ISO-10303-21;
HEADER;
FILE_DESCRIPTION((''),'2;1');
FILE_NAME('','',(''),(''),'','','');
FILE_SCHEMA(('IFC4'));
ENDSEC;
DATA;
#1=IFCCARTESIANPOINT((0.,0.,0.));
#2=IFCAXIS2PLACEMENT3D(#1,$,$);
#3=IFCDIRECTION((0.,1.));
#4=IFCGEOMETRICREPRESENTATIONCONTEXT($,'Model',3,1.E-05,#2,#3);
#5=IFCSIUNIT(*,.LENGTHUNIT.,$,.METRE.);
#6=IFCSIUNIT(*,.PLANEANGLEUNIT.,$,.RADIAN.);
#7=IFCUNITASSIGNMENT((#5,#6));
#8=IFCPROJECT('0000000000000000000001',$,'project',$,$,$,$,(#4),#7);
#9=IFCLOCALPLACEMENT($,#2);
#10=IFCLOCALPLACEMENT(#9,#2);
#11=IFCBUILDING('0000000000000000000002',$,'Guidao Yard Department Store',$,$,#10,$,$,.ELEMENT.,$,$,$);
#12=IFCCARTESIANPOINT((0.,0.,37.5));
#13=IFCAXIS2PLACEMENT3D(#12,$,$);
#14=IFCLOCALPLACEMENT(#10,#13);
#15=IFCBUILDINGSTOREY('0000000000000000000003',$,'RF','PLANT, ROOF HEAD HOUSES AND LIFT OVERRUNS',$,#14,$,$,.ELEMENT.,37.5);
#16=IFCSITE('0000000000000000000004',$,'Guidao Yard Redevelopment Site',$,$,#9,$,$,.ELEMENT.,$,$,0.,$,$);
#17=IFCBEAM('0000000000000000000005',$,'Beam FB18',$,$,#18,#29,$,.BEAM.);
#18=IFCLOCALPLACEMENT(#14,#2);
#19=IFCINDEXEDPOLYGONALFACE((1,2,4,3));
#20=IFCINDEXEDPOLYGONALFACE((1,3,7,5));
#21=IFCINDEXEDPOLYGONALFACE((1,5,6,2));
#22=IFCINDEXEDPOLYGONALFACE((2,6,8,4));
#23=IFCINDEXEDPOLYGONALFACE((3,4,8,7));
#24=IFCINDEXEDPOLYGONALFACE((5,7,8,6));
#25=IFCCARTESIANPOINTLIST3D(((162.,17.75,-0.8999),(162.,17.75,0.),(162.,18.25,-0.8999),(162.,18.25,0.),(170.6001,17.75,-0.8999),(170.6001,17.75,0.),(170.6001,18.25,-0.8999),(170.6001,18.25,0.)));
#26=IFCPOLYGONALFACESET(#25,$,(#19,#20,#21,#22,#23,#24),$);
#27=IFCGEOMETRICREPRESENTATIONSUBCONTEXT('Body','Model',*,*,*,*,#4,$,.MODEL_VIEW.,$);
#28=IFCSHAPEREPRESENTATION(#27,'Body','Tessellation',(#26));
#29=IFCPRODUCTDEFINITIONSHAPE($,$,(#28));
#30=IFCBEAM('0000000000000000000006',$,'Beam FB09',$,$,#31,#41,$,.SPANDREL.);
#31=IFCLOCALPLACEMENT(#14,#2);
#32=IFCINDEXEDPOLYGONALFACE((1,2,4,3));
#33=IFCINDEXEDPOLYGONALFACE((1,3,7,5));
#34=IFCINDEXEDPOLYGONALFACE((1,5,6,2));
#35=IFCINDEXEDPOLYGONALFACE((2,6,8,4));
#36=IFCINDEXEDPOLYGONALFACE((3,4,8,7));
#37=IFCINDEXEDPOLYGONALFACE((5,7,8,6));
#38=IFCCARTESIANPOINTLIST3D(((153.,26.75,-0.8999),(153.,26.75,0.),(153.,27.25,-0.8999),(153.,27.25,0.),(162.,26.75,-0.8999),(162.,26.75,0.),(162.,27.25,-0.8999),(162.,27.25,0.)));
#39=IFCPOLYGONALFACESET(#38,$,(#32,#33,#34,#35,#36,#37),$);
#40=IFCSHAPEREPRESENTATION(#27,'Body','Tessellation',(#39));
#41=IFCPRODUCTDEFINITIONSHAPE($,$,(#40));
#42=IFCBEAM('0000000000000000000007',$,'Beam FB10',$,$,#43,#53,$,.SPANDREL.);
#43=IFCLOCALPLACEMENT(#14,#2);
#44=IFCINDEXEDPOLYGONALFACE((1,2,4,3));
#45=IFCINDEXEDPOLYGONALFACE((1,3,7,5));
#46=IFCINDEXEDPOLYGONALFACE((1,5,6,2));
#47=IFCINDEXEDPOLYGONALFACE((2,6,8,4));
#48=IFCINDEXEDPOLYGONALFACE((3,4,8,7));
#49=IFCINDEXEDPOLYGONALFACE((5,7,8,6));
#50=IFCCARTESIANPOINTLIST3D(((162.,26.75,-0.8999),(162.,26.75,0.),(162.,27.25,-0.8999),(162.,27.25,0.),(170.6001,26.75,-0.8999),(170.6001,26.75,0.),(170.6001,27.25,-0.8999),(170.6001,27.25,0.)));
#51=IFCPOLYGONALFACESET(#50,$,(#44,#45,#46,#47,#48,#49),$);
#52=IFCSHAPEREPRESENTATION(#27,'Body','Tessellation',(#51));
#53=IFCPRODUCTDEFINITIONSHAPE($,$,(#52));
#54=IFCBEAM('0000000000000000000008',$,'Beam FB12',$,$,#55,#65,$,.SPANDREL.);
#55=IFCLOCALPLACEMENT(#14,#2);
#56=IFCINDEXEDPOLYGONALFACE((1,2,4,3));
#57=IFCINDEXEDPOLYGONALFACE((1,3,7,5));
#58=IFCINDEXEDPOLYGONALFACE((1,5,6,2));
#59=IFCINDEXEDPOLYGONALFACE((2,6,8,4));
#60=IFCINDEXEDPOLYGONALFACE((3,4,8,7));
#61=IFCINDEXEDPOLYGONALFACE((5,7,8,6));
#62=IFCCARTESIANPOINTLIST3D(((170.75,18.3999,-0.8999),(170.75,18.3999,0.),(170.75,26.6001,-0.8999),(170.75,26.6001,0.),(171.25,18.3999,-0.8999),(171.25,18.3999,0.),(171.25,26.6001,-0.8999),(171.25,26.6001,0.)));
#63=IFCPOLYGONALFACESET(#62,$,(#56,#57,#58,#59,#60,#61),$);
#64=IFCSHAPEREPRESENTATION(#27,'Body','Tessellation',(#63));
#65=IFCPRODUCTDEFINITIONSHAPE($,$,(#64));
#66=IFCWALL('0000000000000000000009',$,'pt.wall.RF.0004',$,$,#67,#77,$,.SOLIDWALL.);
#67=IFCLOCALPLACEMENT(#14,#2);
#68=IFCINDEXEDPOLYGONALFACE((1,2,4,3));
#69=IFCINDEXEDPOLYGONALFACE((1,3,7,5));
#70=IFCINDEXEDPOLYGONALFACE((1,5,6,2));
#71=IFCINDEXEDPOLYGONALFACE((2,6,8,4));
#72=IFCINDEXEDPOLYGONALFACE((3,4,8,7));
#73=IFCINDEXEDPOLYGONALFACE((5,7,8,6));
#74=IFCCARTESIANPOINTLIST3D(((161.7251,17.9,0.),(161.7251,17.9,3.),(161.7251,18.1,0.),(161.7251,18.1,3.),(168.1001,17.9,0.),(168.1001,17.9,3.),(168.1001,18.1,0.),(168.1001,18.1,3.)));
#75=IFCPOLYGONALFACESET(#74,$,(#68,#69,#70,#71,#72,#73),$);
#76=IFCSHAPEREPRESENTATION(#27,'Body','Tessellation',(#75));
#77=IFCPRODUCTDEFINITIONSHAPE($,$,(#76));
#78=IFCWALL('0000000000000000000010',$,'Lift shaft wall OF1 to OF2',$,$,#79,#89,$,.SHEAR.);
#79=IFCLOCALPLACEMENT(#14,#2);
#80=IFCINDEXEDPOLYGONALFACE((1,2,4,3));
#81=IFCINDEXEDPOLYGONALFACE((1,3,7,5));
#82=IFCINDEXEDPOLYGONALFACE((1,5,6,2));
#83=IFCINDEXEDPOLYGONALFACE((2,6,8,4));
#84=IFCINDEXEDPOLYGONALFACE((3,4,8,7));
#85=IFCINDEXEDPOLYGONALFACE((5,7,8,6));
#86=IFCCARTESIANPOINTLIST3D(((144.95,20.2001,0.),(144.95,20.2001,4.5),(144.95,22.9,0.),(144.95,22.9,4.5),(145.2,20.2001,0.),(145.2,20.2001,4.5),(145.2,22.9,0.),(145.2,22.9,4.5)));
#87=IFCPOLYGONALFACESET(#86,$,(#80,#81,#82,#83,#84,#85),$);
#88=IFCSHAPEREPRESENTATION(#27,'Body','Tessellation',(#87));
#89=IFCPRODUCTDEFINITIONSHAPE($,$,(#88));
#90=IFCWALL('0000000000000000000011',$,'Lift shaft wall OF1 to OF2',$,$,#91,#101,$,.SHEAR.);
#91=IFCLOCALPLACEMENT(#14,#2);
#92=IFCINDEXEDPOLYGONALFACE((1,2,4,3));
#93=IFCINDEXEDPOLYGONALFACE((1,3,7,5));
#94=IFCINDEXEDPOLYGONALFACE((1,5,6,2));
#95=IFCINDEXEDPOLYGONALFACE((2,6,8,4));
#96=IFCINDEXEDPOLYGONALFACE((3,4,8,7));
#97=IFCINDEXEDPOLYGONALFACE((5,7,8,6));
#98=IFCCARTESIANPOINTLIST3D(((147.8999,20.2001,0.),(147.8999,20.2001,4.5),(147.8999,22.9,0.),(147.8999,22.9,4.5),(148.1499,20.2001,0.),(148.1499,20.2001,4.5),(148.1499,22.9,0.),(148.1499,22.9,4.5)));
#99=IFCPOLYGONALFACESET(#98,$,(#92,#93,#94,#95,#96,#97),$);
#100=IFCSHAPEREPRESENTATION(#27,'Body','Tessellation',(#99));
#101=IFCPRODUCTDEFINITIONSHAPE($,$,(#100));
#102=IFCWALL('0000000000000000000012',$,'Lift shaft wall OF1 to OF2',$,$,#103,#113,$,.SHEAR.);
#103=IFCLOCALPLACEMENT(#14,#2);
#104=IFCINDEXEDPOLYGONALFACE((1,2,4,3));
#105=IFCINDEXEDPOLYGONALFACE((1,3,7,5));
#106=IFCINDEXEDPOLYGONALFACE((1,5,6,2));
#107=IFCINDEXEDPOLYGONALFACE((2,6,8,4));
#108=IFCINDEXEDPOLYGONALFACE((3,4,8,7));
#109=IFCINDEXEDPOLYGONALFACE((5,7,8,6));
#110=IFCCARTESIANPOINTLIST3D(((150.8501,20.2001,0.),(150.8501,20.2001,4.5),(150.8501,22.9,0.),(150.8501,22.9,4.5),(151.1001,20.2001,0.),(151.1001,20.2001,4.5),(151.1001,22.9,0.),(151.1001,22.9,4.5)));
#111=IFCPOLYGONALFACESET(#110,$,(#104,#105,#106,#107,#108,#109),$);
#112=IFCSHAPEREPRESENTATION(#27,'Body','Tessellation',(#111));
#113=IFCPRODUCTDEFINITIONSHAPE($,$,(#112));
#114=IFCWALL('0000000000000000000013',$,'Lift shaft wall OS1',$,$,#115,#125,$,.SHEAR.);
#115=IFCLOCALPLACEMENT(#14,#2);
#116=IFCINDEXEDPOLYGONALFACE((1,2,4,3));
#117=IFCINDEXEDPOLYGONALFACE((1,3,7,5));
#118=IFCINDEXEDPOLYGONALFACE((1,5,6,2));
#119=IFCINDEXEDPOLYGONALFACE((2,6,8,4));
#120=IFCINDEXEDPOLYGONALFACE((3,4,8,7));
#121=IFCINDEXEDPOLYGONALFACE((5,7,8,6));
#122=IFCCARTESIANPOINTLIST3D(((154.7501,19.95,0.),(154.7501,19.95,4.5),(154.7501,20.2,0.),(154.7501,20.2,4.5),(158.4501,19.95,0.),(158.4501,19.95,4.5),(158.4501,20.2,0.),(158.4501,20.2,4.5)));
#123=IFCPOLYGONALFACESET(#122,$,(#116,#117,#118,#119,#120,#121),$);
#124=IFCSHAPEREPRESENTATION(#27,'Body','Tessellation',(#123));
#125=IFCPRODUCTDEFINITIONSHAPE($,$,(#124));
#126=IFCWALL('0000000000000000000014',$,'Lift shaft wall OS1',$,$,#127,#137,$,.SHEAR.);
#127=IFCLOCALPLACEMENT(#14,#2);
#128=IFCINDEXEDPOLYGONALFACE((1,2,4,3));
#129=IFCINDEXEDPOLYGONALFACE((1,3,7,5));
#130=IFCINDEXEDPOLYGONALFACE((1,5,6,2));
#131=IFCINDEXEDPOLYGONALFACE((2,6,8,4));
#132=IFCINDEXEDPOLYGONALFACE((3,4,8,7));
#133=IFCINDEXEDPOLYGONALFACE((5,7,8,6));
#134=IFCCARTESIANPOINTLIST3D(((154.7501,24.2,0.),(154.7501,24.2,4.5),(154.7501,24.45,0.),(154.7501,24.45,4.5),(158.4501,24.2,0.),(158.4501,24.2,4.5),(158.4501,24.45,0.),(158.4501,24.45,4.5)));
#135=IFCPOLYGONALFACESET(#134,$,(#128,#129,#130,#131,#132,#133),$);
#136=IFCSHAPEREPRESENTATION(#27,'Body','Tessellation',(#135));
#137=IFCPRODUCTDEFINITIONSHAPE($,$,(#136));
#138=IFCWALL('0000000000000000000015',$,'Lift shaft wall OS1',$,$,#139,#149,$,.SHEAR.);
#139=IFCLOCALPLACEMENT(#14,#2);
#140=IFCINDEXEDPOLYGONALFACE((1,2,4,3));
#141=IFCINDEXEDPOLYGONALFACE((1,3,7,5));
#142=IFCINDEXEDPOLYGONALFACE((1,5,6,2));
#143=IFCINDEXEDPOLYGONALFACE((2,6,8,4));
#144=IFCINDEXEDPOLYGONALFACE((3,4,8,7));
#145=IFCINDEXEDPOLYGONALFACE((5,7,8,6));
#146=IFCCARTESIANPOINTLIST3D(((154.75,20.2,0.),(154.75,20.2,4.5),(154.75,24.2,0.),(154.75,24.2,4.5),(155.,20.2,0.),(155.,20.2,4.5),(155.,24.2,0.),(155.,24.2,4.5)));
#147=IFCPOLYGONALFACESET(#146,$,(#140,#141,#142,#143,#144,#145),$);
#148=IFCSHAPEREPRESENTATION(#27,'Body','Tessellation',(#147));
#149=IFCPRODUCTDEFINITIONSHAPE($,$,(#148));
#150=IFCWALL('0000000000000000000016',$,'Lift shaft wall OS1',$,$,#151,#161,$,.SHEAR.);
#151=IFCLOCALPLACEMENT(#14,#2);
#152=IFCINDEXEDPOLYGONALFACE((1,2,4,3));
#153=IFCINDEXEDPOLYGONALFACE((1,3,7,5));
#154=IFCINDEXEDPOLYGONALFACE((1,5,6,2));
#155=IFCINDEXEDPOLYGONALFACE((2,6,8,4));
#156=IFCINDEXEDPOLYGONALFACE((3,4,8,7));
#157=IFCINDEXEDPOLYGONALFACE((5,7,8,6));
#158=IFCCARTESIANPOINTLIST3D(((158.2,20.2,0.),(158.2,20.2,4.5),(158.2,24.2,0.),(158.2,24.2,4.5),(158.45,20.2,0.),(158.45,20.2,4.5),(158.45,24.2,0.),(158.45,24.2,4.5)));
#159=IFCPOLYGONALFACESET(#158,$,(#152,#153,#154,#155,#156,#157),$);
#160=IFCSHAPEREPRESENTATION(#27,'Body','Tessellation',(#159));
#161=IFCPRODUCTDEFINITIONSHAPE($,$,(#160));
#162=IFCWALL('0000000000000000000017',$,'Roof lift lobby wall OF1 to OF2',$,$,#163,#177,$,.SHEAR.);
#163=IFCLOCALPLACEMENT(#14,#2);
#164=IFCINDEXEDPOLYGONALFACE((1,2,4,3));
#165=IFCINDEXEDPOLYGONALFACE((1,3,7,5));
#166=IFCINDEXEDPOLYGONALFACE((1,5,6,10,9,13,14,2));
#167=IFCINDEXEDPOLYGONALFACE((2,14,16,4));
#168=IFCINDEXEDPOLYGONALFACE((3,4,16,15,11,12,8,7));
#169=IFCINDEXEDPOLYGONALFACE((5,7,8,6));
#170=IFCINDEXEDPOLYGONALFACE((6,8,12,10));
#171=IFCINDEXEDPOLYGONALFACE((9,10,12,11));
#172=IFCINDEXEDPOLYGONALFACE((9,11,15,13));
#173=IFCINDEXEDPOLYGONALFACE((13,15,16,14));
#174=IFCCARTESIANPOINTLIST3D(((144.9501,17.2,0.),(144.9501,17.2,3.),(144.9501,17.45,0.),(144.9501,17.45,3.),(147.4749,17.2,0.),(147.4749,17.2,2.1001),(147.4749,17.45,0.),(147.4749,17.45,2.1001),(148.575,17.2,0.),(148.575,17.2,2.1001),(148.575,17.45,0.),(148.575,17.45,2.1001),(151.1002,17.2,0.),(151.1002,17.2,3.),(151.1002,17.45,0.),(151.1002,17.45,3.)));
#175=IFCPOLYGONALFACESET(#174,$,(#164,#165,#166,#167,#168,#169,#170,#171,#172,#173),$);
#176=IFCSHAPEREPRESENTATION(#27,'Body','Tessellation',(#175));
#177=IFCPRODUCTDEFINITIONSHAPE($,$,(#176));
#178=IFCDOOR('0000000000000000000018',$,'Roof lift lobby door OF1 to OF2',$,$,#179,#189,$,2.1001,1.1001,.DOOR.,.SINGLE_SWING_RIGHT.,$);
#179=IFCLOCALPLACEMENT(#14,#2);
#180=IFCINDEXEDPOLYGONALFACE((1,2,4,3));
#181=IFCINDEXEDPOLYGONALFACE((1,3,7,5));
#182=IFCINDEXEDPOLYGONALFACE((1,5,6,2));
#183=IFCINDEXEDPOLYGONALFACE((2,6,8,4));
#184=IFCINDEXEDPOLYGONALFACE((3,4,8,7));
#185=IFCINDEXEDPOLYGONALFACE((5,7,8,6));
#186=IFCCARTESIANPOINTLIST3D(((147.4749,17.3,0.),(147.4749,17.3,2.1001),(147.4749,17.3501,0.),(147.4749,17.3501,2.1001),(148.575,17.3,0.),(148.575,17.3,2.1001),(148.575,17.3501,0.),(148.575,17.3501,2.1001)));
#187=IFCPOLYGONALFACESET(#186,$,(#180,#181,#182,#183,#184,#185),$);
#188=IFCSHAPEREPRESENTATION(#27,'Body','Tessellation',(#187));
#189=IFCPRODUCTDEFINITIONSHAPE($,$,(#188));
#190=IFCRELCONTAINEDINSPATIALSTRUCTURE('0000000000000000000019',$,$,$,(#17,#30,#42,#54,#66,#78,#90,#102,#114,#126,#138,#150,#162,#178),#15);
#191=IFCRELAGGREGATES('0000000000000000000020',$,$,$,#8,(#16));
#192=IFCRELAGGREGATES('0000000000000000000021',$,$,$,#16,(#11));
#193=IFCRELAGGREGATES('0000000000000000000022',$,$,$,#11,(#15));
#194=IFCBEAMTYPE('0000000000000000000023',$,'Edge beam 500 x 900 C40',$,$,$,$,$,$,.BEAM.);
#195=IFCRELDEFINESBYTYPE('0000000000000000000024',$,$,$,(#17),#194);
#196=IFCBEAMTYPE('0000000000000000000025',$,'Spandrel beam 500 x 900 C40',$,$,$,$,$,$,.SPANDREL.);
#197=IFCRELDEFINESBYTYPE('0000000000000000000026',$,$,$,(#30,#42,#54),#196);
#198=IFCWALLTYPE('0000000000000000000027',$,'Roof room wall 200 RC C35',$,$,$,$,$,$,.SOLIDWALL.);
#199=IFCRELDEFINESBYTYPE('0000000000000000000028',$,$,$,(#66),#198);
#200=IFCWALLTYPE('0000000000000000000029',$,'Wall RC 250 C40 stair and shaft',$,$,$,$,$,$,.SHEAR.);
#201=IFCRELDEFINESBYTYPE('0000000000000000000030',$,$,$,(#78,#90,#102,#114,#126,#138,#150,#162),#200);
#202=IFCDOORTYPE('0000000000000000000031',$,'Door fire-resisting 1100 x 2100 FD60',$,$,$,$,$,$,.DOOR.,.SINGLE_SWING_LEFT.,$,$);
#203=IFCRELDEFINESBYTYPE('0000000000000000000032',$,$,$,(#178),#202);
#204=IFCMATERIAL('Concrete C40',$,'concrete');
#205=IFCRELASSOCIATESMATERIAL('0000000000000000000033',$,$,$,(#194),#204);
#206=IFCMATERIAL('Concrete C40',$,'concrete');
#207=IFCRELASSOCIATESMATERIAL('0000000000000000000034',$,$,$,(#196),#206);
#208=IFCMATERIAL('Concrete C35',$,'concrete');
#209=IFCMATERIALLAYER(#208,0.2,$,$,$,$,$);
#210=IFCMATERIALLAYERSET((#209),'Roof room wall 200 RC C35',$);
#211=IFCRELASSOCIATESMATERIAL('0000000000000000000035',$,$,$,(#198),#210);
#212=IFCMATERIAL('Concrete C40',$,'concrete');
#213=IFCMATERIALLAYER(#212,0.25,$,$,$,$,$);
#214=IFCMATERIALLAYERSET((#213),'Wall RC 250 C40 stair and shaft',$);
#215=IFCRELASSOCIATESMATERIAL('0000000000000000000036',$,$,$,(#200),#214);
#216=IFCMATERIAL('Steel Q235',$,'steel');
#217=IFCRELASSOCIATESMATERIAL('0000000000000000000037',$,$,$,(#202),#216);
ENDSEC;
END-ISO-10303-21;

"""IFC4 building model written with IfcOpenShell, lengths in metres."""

from ifc_helpers import new_model, si_unit, direction, frame, frame_2d, origin, origin_2d, place, context, subcontext, project, spatial, rectangle, extrude, material, layer, layer_set, material_profile, profile_set, type_object, element, fill, save


model = new_model("IFC4")

# Units and contexts
model_context = context("Model", 3, precision=1e-05, world=origin(), true_north=direction((0.0, 1.0)))
body_context = subcontext(model_context, "Body", "Model", "MODEL_VIEW")
ifc_project = project(units=[si_unit("LENGTHUNIT", "METRE"), si_unit("PLANEANGLEUNIT", "RADIAN")], contexts=[model_context])

# Site, building, storey
site_placement = place(None, origin())
site = spatial("IfcSite", under=ifc_project, at=site_placement, Name="Guidao Yard Redevelopment Site", CompositionType="ELEMENT", RefElevation=0.0)
building_placement = place(site_placement, origin())
building = spatial("IfcBuilding", under=site, at=building_placement, Name="Guidao Yard Department Store", CompositionType="ELEMENT")
storey_placement = place(building_placement, frame((0.0, 0.0, 37.5)))
storey = spatial("IfcBuildingStorey", under=building, at=storey_placement, Name="RF", Description="PLANT, ROOF HEAD HOUSES AND LIFT OVERRUNS", CompositionType="ELEMENT", Elevation=37.5)

# Beams
ifc_material_1 = material(Name="Concrete C40", Category="concrete")
ifc_material_profile_1 = material_profile(ifc_material_1, rectangle(XDim=0.5, YDim=0.8999, at=origin_2d()), Name="Edge beam 500 x 900 C40")
ifc_profile_set_1 = profile_set([ifc_material_profile_1], Name="Concrete C40")
beam_type_1 = type_object("IfcBeamType", Name="Edge beam 500 x 900 C40", PredefinedType="BEAM", material=ifc_profile_set_1)
beam_1_placement = place(storey_placement, frame((162.0, 18.0, -0.45), z_axis=(1.0, 0.0, 0.0), x_axis=(0.0, 1.0, 0.0)))
element("IfcBeam", 1, at=beam_1_placement, inside=storey, type_object=beam_type_1, Name="Beam FB18", PredefinedType="BEAM", context=body_context, shape_type="SweptSolid", body=[
    extrude(rectangle(XDim=0.5, YDim=0.8999, at=origin_2d()), origin(), (0.0, 0.0, 1.0), 8.6001),
])
ifc_material_2 = material(Name="Concrete C40", Category="concrete")
ifc_material_profile_2 = material_profile(ifc_material_2, rectangle(XDim=0.5, YDim=0.8999, at=origin_2d()), Name="Spandrel beam 500 x 900 C40")
ifc_profile_set_2 = profile_set([ifc_material_profile_2], Name="Concrete C40")
beam_type_2 = type_object("IfcBeamType", Name="Spandrel beam 500 x 900 C40", PredefinedType="SPANDREL", material=ifc_profile_set_2)
beam_2_placement = place(storey_placement, frame((153.0, 27.0, -0.45), z_axis=(1.0, 0.0, 0.0), x_axis=(0.0, 1.0, 0.0)))
element("IfcBeam", 2, at=beam_2_placement, inside=storey, type_object=beam_type_2, Name="Beam FB09", PredefinedType="SPANDREL", context=body_context, shape_type="SweptSolid", body=[
    extrude(rectangle(XDim=0.5, YDim=0.8999, at=origin_2d()), origin(), (0.0, 0.0, 1.0), 9.0),
])
beam_3_placement = place(storey_placement, frame((162.0, 27.0, -0.45), z_axis=(1.0, 0.0, 0.0), x_axis=(0.0, 1.0, 0.0)))
element("IfcBeam", 3, at=beam_3_placement, inside=storey, type_object=beam_type_2, Name="Beam FB10", PredefinedType="SPANDREL", context=body_context, shape_type="SweptSolid", body=[
    extrude(rectangle(XDim=0.5, YDim=0.8999, at=origin_2d()), origin(), (0.0, 0.0, 1.0), 8.6001),
])
beam_4_placement = place(storey_placement, frame((171.0, 18.3999, -0.45), z_axis=(0.0, 1.0, 0.0), x_axis=(-1.0, 0.0, 0.0)))
element("IfcBeam", 4, at=beam_4_placement, inside=storey, type_object=beam_type_2, Name="Beam FB12", PredefinedType="SPANDREL", context=body_context, shape_type="SweptSolid", body=[
    extrude(rectangle(XDim=0.5, YDim=0.8999, at=origin_2d()), origin(), (0.0, 0.0, 1.0), 8.2002),
])

# Walls
ifc_material_3 = material(Name="Concrete C35", Category="concrete")
ifc_layer_1 = layer(ifc_material_3, 0.2)
ifc_layer_set_1 = layer_set([ifc_layer_1], Name="Roof room wall 200 RC C35")
wall_type_1 = type_object("IfcWallType", Name="Roof room wall 200 RC C35", PredefinedType="SOLIDWALL", material=ifc_layer_set_1)
wall_1_placement = place(storey_placement, frame((161.7251, 18.0, 0.0), z_axis=(0.0, 0.0, 1.0), x_axis=(1.0, 0.0, 0.0)))
element("IfcWall", 5, at=wall_1_placement, inside=storey, type_object=wall_type_1, Name="pt.wall.RF.0004", PredefinedType="SOLIDWALL", context=body_context, shape_type="SweptSolid", body=[
    extrude(rectangle(XDim=6.375, YDim=0.2, at=frame_2d((3.1875, 0.0))), origin(), (0.0, 0.0, 1.0), 3.0),
])
ifc_material_4 = material(Name="Concrete C40", Category="concrete")
ifc_layer_2 = layer(ifc_material_4, 0.25)
ifc_layer_set_2 = layer_set([ifc_layer_2], Name="Wall RC 250 C40 stair and shaft")
wall_type_2 = type_object("IfcWallType", Name="Wall RC 250 C40 stair and shaft", PredefinedType="SHEAR", material=ifc_layer_set_2)
for number, where, z_axis, x_axis, name in (
    (6, (145.075, 20.2, 0.0), (0.0, 0.0, 1.0), (0.0, 1.0, 0.0), "Lift shaft wall OF1 to OF2"),
    (7, (148.0249, 20.2, 0.0), (0.0, 0.0, 1.0), (0.0, 1.0, 0.0), "Lift shaft wall OF1 to OF2"),
    (8, (150.9751, 20.2, 0.0), (0.0, 0.0, 1.0), (0.0, 1.0, 0.0), "Lift shaft wall OF1 to OF2"),
):
    element("IfcWall", number, at=place(storey_placement, frame(where, z_axis=z_axis, x_axis=x_axis)), inside=storey, type_object=wall_type_2, Name=name, PredefinedType="SHEAR", context=body_context, shape_type="SweptSolid", body=[
        extrude(rectangle(XDim=2.7, YDim=0.25, at=frame_2d((1.3501, 0.0))), origin(), (0.0, 0.0, 1.0), 4.5),
    ])
for number, where, z_axis, x_axis, name in (
    (9, (154.75, 20.075, 0.0), (0.0, 0.0, 1.0), (1.0, 0.0, 0.0), "Lift shaft wall OS1"),
    (10, (154.75, 24.325, 0.0), (0.0, 0.0, 1.0), (1.0, 0.0, 0.0), "Lift shaft wall OS1"),
):
    element("IfcWall", number, at=place(storey_placement, frame(where, z_axis=z_axis, x_axis=x_axis)), inside=storey, type_object=wall_type_2, Name=name, PredefinedType="SHEAR", context=body_context, shape_type="SweptSolid", body=[
        extrude(rectangle(XDim=3.7, YDim=0.25, at=frame_2d((1.8501, 0.0))), origin(), (0.0, 0.0, 1.0), 4.5),
    ])
for number, where, z_axis, x_axis, name in (
    (11, (154.875, 20.2, 0.0), (0.0, 0.0, 1.0), (0.0, 1.0, 0.0), "Lift shaft wall OS1"),
    (12, (158.325, 20.2, 0.0), (0.0, 0.0, 1.0), (0.0, 1.0, 0.0), "Lift shaft wall OS1"),
):
    element("IfcWall", number, at=place(storey_placement, frame(where, z_axis=z_axis, x_axis=x_axis)), inside=storey, type_object=wall_type_2, Name=name, PredefinedType="SHEAR", context=body_context, shape_type="SweptSolid", body=[
        extrude(rectangle(XDim=4.0, YDim=0.25, at=frame_2d((2.0, 0.0))), origin(), (0.0, 0.0, 1.0), 4.5),
    ])

# Wall, opening, door
wall_2_placement = place(storey_placement, frame((144.95, 17.325, 0.0), z_axis=(0.0, 0.0, 1.0), x_axis=(1.0, 0.0, 0.0)))
wall_2 = element("IfcWall", 13, at=wall_2_placement, inside=storey, type_object=wall_type_2, Name="Roof lift lobby wall OF1 to OF2", PredefinedType="SHEAR", context=body_context, shape_type="SweptSolid", body=[
    extrude(rectangle(XDim=6.1501, YDim=0.25, at=frame_2d((3.0752, 0.0))), origin(), (0.0, 0.0, 1.0), 3.0),
])
opening_placement = place(wall_2_placement, frame((3.625, 0.0, 0.0), z_axis=(0.0, 0.0, 1.0), x_axis=(-1.0, 0.0, 0.0)))
opening = element("IfcOpeningElement", 14, at=opening_placement, cuts=wall_2, PredefinedType="OPENING", context=body_context, shape_type="SweptSolid", body=[
    extrude(rectangle(XDim=1.1001, YDim=2.1001, at=frame_2d((0.55, 1.05))), frame((0.0, 0.135, 0.0), z_axis=(0.0, -1.0, 0.0), x_axis=(1.0, 0.0, 0.0)), (0.0, 0.0, 1.0), 0.27),
])
ifc_material_5 = material(Name="Steel Q235", Category="steel")
door_type = type_object("IfcDoorType", Name="Door fire-resisting 1100 x 2100 FD60", OperationType="SINGLE_SWING_LEFT", PredefinedType="DOOR", material=ifc_material_5)
door_placement = place(opening_placement, origin())
door = element("IfcDoor", 15, at=door_placement, inside=storey, type_object=door_type, Name="Roof lift lobby door OF1 to OF2", OperationType="SINGLE_SWING_RIGHT", OverallHeight=2.1001, OverallWidth=1.1001, PredefinedType="DOOR", context=body_context, shape_type="SweptSolid", body=[
    extrude(rectangle(XDim=1.1001, YDim=2.1001, at=frame_2d((0.55, 1.05))), frame((0.0, 0.0249, 0.0), z_axis=(0.0, -1.0, 0.0), x_axis=(1.0, 0.0, 0.0)), (0.0, 0.0, 1.0), 0.05),
])
fill(opening, door)

save(model, "model.ifc")
